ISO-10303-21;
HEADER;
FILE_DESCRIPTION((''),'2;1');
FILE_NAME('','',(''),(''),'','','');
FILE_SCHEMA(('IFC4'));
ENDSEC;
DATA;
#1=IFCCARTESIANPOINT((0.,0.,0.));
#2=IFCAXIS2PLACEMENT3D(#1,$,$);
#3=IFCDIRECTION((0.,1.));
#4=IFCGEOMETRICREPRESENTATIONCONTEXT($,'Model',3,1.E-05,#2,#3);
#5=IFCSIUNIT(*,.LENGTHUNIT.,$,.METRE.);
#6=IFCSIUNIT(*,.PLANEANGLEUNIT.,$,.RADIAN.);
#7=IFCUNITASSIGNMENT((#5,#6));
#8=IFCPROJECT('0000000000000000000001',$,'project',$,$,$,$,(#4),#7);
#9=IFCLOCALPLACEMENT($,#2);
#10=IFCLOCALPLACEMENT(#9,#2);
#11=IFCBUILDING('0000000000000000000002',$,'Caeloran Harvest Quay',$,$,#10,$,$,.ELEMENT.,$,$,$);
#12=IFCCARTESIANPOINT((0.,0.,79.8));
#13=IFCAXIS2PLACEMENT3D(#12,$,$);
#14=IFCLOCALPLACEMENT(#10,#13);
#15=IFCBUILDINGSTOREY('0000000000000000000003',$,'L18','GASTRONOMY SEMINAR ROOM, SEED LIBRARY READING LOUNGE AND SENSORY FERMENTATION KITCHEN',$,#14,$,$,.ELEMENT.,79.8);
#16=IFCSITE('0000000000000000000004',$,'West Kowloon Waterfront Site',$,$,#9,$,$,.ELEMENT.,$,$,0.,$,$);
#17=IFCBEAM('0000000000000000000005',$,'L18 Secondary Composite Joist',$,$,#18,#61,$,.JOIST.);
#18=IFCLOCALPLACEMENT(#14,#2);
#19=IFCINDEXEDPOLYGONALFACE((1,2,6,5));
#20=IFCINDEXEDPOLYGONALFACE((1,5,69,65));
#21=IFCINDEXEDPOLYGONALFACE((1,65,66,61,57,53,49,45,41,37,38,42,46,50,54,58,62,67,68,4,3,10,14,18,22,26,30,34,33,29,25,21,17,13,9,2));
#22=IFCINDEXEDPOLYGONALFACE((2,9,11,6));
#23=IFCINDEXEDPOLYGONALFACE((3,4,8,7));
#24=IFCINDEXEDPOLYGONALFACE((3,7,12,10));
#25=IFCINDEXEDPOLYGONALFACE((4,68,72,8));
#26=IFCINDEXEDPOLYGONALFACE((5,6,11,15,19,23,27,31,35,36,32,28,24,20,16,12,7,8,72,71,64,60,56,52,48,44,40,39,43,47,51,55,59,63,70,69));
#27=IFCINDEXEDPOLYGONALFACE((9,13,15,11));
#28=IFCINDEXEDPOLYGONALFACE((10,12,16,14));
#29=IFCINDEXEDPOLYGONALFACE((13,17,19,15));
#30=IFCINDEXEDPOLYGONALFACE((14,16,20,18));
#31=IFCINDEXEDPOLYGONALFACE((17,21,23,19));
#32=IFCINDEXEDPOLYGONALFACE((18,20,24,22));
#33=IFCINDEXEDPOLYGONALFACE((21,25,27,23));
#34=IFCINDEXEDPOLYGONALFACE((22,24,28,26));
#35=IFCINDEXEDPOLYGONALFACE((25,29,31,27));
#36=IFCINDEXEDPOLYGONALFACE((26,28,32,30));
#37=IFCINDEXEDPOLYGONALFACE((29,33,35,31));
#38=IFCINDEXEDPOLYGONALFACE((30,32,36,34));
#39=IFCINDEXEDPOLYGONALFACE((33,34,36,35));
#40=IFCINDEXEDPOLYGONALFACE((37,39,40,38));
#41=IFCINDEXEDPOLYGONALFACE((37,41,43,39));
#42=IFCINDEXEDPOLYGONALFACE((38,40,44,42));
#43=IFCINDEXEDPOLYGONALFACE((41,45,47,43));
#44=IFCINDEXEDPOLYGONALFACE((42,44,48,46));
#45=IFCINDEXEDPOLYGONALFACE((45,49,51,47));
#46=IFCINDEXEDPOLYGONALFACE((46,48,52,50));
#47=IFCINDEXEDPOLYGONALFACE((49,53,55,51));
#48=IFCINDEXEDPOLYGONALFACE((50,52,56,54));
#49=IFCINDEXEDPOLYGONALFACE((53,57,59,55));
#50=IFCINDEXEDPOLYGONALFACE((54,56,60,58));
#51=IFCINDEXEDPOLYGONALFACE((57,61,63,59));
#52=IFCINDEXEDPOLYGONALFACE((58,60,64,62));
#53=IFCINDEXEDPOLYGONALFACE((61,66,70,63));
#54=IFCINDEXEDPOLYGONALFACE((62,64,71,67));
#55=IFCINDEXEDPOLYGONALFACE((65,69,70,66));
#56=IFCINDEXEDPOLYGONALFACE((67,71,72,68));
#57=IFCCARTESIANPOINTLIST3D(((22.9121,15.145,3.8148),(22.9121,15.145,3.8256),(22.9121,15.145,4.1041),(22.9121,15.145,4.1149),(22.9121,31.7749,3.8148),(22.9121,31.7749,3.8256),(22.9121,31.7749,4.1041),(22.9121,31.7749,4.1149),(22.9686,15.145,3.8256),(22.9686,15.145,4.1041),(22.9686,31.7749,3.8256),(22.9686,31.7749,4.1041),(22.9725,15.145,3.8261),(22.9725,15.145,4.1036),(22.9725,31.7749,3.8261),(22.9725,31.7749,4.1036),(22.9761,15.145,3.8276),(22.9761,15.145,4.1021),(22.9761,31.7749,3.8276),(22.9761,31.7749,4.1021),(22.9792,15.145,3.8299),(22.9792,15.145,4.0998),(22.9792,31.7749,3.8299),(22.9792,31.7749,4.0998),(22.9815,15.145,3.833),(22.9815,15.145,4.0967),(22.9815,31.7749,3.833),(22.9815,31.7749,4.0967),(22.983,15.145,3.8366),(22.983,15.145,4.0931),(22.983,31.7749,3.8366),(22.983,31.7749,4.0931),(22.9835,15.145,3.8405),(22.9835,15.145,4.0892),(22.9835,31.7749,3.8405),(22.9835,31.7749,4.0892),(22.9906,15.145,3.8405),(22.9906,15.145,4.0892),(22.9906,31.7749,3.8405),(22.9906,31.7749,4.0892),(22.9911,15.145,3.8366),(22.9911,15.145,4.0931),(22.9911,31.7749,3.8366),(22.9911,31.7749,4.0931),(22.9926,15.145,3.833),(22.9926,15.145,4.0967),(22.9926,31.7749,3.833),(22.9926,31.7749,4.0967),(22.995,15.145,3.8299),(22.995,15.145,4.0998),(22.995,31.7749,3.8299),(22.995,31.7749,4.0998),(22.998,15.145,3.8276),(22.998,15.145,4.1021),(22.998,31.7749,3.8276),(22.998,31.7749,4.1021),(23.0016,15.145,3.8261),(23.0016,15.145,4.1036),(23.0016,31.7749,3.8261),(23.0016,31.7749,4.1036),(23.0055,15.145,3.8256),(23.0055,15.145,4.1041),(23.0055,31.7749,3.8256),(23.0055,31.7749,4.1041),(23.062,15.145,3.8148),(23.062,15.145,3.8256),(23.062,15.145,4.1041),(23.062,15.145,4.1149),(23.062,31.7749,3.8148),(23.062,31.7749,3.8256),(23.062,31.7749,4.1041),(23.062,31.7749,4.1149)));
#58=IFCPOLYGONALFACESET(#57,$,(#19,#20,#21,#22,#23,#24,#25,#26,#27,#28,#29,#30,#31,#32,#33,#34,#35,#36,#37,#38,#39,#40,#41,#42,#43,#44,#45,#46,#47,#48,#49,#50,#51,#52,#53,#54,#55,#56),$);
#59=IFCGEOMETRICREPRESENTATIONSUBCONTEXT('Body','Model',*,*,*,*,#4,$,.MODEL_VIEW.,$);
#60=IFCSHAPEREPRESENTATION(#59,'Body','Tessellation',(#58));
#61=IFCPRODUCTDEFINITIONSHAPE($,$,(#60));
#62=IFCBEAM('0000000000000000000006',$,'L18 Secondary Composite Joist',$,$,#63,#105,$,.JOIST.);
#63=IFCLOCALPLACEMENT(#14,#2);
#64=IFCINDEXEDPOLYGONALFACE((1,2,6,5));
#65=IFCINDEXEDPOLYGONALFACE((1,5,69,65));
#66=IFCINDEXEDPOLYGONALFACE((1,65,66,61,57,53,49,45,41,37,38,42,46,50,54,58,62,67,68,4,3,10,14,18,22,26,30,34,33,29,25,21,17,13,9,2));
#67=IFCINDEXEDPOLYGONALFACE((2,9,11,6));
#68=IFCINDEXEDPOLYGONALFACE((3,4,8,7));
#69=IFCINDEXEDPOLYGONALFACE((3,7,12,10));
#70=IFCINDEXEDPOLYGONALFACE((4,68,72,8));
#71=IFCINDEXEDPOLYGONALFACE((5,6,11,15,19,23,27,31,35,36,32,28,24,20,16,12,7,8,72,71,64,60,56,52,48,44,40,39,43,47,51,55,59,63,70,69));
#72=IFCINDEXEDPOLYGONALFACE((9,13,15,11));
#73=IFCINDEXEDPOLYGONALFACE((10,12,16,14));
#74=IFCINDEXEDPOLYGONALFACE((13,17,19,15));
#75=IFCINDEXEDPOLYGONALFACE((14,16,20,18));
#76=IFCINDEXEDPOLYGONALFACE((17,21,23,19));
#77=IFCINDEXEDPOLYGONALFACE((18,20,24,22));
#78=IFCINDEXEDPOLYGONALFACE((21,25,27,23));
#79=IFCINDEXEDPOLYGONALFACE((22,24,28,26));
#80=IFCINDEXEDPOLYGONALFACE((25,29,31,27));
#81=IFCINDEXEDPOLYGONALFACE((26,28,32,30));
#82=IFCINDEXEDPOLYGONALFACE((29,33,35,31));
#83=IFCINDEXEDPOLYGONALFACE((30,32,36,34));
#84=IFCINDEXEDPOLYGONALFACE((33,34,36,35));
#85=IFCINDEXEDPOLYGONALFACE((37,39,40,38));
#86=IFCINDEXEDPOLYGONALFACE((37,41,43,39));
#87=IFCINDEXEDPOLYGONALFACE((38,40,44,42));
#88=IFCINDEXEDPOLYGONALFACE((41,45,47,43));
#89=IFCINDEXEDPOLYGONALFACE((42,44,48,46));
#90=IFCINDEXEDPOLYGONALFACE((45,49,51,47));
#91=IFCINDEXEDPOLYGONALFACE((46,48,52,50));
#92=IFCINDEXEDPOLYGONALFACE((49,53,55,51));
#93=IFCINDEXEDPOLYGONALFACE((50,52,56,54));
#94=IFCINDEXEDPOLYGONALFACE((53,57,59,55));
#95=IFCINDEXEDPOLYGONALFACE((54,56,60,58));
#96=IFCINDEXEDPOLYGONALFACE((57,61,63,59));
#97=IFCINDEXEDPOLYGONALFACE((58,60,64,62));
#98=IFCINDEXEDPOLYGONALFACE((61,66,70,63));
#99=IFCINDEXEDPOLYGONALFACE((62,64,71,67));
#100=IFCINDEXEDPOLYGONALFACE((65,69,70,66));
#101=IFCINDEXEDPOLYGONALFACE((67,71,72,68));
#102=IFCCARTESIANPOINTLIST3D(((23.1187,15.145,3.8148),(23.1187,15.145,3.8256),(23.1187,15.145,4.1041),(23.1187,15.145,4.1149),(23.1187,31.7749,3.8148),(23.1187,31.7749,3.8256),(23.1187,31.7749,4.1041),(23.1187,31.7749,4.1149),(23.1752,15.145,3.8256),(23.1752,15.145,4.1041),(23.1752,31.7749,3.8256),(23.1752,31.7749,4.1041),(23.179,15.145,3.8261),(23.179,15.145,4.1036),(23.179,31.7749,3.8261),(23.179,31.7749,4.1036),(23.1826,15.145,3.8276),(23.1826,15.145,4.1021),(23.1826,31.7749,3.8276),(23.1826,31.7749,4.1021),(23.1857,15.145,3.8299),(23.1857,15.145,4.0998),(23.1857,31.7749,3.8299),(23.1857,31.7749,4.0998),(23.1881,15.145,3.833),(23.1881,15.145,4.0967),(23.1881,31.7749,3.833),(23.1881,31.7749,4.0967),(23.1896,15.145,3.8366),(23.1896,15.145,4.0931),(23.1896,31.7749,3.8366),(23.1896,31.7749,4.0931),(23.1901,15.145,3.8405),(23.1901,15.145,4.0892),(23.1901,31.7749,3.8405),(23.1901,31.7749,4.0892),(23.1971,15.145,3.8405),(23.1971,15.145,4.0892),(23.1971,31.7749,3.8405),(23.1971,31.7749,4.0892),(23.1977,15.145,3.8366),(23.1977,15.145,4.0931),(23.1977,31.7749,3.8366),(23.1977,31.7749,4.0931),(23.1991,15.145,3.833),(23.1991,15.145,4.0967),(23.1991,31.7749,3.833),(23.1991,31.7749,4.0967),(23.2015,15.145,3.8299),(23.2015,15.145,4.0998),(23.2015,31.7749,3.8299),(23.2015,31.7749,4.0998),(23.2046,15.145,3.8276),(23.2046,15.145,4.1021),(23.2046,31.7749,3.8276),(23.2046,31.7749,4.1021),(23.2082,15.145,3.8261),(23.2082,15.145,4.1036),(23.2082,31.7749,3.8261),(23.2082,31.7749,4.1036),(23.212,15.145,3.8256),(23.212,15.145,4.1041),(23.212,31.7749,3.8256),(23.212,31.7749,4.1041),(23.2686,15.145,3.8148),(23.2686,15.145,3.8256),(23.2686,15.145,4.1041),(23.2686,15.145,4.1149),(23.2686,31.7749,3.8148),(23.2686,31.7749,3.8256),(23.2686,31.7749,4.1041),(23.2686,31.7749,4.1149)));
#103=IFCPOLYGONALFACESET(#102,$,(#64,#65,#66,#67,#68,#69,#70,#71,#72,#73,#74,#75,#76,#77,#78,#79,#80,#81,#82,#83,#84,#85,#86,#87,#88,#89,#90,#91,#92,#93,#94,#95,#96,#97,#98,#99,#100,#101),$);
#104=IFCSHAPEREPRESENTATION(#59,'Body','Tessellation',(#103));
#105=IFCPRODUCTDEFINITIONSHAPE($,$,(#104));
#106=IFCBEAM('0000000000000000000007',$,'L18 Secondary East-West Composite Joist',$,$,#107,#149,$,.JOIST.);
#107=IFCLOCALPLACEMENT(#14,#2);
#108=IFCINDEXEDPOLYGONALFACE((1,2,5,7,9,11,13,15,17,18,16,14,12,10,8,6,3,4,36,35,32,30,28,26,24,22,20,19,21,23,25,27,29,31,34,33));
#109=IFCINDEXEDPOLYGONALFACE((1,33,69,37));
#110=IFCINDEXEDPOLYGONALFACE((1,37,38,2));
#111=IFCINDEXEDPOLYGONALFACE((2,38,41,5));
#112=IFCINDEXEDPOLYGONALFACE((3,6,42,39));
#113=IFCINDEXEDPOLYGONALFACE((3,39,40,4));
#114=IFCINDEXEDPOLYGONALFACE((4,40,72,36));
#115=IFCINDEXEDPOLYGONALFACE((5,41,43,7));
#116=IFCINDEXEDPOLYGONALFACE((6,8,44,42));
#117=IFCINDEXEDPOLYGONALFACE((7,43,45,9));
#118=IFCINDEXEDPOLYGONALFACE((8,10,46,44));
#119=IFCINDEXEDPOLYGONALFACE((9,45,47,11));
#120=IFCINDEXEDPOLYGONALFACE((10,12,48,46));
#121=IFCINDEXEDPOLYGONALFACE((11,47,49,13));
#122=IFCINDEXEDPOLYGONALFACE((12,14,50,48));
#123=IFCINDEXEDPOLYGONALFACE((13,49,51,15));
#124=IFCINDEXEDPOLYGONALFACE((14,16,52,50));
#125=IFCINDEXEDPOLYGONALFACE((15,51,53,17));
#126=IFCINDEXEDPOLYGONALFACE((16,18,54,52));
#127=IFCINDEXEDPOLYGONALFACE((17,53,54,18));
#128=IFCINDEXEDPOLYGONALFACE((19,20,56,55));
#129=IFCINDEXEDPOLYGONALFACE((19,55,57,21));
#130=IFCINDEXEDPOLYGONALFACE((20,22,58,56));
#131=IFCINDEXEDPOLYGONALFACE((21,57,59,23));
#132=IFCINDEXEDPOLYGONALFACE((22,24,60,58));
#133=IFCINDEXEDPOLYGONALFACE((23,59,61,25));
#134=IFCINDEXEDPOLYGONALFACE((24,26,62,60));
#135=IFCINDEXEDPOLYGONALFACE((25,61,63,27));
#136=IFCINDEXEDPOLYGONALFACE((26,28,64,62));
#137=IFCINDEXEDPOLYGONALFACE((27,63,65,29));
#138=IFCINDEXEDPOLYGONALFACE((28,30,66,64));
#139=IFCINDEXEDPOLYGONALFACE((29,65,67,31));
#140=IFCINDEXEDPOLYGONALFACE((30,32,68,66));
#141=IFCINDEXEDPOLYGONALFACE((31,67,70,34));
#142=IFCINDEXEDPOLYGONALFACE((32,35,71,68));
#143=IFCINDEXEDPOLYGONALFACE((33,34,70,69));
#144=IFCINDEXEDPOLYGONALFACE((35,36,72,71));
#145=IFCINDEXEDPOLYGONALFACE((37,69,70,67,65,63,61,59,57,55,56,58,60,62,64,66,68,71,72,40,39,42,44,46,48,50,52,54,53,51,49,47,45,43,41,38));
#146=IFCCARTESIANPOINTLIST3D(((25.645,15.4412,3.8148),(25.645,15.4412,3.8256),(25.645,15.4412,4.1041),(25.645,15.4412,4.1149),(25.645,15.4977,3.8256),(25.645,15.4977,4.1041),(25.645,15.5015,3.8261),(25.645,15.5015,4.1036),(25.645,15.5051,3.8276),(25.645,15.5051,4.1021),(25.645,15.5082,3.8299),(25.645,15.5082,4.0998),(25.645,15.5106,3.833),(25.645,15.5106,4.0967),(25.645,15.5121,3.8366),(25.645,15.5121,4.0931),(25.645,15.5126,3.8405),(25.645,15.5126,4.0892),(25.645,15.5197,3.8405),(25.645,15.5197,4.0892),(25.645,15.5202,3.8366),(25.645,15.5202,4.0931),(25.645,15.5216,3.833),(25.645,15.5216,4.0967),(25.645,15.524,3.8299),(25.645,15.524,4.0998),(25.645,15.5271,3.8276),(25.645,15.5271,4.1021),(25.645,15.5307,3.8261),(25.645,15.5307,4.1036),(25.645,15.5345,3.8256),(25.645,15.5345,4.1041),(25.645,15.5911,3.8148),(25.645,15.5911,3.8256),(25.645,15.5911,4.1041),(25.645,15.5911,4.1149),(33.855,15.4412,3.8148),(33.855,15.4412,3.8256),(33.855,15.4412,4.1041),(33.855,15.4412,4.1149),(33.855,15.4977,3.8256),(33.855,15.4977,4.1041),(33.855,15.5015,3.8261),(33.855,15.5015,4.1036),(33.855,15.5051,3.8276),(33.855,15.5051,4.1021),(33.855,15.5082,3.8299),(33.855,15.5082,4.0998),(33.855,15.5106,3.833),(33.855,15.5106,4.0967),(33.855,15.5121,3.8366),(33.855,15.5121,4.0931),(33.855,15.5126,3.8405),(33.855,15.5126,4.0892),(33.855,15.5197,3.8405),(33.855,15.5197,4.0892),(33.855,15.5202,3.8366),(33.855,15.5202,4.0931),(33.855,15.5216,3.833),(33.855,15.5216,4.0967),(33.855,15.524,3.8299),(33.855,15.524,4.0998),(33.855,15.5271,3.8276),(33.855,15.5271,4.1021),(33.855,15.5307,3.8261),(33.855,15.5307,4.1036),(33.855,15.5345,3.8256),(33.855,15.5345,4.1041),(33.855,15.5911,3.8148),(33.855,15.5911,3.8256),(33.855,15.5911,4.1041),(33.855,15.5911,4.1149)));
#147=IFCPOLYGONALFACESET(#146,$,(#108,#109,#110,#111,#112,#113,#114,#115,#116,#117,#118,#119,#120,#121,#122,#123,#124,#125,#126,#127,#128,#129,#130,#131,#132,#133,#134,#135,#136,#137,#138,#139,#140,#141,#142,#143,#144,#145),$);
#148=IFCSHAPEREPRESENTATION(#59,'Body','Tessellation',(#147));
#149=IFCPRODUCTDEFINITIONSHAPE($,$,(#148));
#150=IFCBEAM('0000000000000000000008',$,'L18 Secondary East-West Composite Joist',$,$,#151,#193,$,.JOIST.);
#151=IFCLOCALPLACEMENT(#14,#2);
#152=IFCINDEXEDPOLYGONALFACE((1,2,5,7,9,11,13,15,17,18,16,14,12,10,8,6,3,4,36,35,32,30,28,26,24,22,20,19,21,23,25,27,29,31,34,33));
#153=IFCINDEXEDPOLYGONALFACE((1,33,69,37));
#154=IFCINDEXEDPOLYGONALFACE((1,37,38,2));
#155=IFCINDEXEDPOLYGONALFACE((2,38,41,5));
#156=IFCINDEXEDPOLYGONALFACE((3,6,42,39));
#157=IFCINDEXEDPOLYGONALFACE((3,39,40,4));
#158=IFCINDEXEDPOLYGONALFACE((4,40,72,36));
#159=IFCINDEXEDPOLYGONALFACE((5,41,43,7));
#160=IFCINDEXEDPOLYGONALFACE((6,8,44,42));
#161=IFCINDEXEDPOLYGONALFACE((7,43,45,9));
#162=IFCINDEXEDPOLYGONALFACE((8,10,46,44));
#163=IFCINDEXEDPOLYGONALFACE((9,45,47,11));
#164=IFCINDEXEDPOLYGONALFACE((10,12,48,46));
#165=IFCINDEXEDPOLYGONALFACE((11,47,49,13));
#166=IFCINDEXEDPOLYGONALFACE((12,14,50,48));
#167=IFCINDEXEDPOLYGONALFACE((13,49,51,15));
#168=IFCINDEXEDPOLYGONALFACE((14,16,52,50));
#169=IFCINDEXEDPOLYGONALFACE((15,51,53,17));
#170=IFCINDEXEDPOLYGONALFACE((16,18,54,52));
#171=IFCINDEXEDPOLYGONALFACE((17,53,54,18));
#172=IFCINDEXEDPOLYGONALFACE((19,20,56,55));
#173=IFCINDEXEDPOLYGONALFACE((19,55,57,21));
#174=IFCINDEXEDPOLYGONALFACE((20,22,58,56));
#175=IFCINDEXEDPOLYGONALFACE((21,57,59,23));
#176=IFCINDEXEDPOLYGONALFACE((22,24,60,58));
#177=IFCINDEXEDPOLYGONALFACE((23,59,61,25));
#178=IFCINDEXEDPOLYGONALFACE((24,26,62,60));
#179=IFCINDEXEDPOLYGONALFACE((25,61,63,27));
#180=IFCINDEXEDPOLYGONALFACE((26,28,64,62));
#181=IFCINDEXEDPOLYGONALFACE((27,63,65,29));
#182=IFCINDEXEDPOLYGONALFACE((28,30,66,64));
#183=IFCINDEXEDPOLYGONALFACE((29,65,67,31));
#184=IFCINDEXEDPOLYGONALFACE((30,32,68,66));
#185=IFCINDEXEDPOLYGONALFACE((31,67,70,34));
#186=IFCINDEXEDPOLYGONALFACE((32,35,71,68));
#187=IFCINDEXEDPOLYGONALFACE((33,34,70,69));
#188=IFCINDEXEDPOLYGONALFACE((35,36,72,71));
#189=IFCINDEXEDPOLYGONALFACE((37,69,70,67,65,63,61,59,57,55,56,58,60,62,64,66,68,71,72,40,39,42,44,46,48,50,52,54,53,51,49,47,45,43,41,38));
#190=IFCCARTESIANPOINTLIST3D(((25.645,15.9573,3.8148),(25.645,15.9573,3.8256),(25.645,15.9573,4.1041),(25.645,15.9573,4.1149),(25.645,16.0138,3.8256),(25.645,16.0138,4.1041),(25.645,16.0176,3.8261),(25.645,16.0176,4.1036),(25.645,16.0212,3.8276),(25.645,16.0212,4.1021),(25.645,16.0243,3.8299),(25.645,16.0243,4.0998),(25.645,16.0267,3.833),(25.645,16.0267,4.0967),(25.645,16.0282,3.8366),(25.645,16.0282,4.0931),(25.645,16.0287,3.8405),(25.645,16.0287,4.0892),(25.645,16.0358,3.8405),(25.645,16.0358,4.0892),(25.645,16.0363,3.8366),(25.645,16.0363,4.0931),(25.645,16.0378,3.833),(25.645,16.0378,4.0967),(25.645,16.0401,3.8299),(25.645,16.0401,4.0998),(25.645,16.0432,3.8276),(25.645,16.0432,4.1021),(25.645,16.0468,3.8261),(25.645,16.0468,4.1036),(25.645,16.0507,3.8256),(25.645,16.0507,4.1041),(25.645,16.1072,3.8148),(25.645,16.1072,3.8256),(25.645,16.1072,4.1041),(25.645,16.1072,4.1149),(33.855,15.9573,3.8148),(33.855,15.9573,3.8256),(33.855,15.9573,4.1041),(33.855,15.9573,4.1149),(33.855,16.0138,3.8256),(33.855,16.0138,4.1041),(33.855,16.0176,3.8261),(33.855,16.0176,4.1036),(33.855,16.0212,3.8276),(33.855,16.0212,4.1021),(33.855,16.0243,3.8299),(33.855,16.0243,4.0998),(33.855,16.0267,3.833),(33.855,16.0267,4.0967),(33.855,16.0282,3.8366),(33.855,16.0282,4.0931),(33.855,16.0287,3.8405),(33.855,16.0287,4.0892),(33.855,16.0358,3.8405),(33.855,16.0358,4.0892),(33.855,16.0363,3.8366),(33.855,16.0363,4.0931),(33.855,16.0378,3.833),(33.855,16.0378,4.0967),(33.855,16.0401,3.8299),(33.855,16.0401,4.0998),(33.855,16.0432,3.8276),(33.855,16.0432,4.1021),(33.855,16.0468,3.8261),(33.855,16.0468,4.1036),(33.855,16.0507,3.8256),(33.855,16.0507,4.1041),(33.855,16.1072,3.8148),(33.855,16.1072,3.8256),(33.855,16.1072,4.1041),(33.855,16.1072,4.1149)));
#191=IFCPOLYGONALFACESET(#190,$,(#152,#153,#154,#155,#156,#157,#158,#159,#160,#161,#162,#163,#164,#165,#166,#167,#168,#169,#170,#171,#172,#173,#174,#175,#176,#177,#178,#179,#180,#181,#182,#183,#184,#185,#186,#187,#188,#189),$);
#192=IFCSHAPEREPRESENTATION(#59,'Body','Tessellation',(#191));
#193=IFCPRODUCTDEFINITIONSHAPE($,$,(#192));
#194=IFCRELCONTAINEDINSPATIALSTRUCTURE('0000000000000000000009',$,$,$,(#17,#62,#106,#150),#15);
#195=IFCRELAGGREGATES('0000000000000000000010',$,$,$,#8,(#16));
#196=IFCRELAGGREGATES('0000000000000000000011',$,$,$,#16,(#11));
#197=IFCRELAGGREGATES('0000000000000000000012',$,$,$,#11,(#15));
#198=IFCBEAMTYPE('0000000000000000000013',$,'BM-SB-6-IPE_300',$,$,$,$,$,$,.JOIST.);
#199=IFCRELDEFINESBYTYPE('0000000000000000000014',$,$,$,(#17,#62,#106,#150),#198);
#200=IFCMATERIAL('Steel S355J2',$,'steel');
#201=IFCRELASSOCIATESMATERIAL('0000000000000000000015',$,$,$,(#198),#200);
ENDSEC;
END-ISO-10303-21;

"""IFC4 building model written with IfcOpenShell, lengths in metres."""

from ifc_helpers import new_model, si_unit, direction, frame, origin, origin_2d, place, context, subcontext, project, spatial, i_section, extrude, material, material_profile, profile_set, type_object, element, save


model = new_model("IFC4")

# Units and contexts
model_context = context("Model", 3, precision=1e-05, world=origin(), true_north=direction((0.0, 1.0)))
body_context = subcontext(model_context, "Body", "Model", "MODEL_VIEW")
ifc_project = project(units=[si_unit("LENGTHUNIT", "METRE"), si_unit("PLANEANGLEUNIT", "RADIAN")], contexts=[model_context])

# Site, building, storey
site_placement = place(None, origin())
site = spatial("IfcSite", under=ifc_project, at=site_placement, Name="West Kowloon Waterfront Site", CompositionType="ELEMENT", RefElevation=0.0)
building_placement = place(site_placement, origin())
building = spatial("IfcBuilding", under=site, at=building_placement, Name="Caeloran Harvest Quay", CompositionType="ELEMENT")
storey_placement = place(building_placement, frame((0.0, 0.0, 79.8)))
storey = spatial("IfcBuildingStorey", under=building, at=storey_placement, Name="L18", Description="GASTRONOMY SEMINAR ROOM, SEED LIBRARY READING LOUNGE AND SENSORY FERMENTATION KITCHEN", CompositionType="ELEMENT", Elevation=79.8)

# Beams
ifc_material_1 = material(Name="Steel S355J2", Category="steel")
ifc_material_profile_1 = material_profile(ifc_material_1, i_section(OverallWidth=0.1499, OverallDepth=0.3, WebThickness=0.0071, FlangeThickness=0.0107, FilletRadius=0.0149, at=origin_2d()), Name="IPE 300")
ifc_profile_set_1 = profile_set([ifc_material_profile_1], Name="Steel S355J2")
beam_type_1 = type_object("IfcBeamType", Name="BM-SB-6-IPE_300", PredefinedType="JOIST", material=ifc_profile_set_1)
for number, where, z_axis, x_axis, name in (
    (1, (22.9871, 15.145, 3.9648), (0.0, 1.0, 0.0), (-1.0, 0.0, 0.0), "L18 Secondary Composite Joist"),
    (2, (23.1936, 15.145, 3.9648), (0.0, 1.0, 0.0), (-1.0, 0.0, 0.0), "L18 Secondary Composite Joist"),
):
    element("IfcBeam", number, at=place(storey_placement, frame(where, z_axis=z_axis, x_axis=x_axis)), inside=storey, type_object=beam_type_1, Name=name, PredefinedType="JOIST", context=body_context, shape_type="SweptSolid", body=[
        extrude(i_section(OverallWidth=0.1499, OverallDepth=0.3, WebThickness=0.0071, FlangeThickness=0.0107, FilletRadius=0.0149, at=origin_2d()), origin(), (0.0, 0.0, 1.0), 16.6299),
    ])
for number, where, z_axis, x_axis, name in (
    (3, (25.645, 15.5161, 3.9648), (1.0, 0.0, 0.0), (0.0, 1.0, 0.0), "L18 Secondary East-West Composite Joist"),
    (4, (25.645, 16.0322, 3.9648), (1.0, 0.0, 0.0), (0.0, 1.0, 0.0), "L18 Secondary East-West Composite Joist"),
):
    element("IfcBeam", number, at=place(storey_placement, frame(where, z_axis=z_axis, x_axis=x_axis)), inside=storey, type_object=beam_type_1, Name=name, PredefinedType="JOIST", context=body_context, shape_type="SweptSolid", body=[
        extrude(i_section(OverallWidth=0.1499, OverallDepth=0.3, WebThickness=0.0071, FlangeThickness=0.0107, FilletRadius=0.0149, at=origin_2d()), origin(), (0.0, 0.0, 1.0), 8.21),
    ])

save(model, "model.ifc")
